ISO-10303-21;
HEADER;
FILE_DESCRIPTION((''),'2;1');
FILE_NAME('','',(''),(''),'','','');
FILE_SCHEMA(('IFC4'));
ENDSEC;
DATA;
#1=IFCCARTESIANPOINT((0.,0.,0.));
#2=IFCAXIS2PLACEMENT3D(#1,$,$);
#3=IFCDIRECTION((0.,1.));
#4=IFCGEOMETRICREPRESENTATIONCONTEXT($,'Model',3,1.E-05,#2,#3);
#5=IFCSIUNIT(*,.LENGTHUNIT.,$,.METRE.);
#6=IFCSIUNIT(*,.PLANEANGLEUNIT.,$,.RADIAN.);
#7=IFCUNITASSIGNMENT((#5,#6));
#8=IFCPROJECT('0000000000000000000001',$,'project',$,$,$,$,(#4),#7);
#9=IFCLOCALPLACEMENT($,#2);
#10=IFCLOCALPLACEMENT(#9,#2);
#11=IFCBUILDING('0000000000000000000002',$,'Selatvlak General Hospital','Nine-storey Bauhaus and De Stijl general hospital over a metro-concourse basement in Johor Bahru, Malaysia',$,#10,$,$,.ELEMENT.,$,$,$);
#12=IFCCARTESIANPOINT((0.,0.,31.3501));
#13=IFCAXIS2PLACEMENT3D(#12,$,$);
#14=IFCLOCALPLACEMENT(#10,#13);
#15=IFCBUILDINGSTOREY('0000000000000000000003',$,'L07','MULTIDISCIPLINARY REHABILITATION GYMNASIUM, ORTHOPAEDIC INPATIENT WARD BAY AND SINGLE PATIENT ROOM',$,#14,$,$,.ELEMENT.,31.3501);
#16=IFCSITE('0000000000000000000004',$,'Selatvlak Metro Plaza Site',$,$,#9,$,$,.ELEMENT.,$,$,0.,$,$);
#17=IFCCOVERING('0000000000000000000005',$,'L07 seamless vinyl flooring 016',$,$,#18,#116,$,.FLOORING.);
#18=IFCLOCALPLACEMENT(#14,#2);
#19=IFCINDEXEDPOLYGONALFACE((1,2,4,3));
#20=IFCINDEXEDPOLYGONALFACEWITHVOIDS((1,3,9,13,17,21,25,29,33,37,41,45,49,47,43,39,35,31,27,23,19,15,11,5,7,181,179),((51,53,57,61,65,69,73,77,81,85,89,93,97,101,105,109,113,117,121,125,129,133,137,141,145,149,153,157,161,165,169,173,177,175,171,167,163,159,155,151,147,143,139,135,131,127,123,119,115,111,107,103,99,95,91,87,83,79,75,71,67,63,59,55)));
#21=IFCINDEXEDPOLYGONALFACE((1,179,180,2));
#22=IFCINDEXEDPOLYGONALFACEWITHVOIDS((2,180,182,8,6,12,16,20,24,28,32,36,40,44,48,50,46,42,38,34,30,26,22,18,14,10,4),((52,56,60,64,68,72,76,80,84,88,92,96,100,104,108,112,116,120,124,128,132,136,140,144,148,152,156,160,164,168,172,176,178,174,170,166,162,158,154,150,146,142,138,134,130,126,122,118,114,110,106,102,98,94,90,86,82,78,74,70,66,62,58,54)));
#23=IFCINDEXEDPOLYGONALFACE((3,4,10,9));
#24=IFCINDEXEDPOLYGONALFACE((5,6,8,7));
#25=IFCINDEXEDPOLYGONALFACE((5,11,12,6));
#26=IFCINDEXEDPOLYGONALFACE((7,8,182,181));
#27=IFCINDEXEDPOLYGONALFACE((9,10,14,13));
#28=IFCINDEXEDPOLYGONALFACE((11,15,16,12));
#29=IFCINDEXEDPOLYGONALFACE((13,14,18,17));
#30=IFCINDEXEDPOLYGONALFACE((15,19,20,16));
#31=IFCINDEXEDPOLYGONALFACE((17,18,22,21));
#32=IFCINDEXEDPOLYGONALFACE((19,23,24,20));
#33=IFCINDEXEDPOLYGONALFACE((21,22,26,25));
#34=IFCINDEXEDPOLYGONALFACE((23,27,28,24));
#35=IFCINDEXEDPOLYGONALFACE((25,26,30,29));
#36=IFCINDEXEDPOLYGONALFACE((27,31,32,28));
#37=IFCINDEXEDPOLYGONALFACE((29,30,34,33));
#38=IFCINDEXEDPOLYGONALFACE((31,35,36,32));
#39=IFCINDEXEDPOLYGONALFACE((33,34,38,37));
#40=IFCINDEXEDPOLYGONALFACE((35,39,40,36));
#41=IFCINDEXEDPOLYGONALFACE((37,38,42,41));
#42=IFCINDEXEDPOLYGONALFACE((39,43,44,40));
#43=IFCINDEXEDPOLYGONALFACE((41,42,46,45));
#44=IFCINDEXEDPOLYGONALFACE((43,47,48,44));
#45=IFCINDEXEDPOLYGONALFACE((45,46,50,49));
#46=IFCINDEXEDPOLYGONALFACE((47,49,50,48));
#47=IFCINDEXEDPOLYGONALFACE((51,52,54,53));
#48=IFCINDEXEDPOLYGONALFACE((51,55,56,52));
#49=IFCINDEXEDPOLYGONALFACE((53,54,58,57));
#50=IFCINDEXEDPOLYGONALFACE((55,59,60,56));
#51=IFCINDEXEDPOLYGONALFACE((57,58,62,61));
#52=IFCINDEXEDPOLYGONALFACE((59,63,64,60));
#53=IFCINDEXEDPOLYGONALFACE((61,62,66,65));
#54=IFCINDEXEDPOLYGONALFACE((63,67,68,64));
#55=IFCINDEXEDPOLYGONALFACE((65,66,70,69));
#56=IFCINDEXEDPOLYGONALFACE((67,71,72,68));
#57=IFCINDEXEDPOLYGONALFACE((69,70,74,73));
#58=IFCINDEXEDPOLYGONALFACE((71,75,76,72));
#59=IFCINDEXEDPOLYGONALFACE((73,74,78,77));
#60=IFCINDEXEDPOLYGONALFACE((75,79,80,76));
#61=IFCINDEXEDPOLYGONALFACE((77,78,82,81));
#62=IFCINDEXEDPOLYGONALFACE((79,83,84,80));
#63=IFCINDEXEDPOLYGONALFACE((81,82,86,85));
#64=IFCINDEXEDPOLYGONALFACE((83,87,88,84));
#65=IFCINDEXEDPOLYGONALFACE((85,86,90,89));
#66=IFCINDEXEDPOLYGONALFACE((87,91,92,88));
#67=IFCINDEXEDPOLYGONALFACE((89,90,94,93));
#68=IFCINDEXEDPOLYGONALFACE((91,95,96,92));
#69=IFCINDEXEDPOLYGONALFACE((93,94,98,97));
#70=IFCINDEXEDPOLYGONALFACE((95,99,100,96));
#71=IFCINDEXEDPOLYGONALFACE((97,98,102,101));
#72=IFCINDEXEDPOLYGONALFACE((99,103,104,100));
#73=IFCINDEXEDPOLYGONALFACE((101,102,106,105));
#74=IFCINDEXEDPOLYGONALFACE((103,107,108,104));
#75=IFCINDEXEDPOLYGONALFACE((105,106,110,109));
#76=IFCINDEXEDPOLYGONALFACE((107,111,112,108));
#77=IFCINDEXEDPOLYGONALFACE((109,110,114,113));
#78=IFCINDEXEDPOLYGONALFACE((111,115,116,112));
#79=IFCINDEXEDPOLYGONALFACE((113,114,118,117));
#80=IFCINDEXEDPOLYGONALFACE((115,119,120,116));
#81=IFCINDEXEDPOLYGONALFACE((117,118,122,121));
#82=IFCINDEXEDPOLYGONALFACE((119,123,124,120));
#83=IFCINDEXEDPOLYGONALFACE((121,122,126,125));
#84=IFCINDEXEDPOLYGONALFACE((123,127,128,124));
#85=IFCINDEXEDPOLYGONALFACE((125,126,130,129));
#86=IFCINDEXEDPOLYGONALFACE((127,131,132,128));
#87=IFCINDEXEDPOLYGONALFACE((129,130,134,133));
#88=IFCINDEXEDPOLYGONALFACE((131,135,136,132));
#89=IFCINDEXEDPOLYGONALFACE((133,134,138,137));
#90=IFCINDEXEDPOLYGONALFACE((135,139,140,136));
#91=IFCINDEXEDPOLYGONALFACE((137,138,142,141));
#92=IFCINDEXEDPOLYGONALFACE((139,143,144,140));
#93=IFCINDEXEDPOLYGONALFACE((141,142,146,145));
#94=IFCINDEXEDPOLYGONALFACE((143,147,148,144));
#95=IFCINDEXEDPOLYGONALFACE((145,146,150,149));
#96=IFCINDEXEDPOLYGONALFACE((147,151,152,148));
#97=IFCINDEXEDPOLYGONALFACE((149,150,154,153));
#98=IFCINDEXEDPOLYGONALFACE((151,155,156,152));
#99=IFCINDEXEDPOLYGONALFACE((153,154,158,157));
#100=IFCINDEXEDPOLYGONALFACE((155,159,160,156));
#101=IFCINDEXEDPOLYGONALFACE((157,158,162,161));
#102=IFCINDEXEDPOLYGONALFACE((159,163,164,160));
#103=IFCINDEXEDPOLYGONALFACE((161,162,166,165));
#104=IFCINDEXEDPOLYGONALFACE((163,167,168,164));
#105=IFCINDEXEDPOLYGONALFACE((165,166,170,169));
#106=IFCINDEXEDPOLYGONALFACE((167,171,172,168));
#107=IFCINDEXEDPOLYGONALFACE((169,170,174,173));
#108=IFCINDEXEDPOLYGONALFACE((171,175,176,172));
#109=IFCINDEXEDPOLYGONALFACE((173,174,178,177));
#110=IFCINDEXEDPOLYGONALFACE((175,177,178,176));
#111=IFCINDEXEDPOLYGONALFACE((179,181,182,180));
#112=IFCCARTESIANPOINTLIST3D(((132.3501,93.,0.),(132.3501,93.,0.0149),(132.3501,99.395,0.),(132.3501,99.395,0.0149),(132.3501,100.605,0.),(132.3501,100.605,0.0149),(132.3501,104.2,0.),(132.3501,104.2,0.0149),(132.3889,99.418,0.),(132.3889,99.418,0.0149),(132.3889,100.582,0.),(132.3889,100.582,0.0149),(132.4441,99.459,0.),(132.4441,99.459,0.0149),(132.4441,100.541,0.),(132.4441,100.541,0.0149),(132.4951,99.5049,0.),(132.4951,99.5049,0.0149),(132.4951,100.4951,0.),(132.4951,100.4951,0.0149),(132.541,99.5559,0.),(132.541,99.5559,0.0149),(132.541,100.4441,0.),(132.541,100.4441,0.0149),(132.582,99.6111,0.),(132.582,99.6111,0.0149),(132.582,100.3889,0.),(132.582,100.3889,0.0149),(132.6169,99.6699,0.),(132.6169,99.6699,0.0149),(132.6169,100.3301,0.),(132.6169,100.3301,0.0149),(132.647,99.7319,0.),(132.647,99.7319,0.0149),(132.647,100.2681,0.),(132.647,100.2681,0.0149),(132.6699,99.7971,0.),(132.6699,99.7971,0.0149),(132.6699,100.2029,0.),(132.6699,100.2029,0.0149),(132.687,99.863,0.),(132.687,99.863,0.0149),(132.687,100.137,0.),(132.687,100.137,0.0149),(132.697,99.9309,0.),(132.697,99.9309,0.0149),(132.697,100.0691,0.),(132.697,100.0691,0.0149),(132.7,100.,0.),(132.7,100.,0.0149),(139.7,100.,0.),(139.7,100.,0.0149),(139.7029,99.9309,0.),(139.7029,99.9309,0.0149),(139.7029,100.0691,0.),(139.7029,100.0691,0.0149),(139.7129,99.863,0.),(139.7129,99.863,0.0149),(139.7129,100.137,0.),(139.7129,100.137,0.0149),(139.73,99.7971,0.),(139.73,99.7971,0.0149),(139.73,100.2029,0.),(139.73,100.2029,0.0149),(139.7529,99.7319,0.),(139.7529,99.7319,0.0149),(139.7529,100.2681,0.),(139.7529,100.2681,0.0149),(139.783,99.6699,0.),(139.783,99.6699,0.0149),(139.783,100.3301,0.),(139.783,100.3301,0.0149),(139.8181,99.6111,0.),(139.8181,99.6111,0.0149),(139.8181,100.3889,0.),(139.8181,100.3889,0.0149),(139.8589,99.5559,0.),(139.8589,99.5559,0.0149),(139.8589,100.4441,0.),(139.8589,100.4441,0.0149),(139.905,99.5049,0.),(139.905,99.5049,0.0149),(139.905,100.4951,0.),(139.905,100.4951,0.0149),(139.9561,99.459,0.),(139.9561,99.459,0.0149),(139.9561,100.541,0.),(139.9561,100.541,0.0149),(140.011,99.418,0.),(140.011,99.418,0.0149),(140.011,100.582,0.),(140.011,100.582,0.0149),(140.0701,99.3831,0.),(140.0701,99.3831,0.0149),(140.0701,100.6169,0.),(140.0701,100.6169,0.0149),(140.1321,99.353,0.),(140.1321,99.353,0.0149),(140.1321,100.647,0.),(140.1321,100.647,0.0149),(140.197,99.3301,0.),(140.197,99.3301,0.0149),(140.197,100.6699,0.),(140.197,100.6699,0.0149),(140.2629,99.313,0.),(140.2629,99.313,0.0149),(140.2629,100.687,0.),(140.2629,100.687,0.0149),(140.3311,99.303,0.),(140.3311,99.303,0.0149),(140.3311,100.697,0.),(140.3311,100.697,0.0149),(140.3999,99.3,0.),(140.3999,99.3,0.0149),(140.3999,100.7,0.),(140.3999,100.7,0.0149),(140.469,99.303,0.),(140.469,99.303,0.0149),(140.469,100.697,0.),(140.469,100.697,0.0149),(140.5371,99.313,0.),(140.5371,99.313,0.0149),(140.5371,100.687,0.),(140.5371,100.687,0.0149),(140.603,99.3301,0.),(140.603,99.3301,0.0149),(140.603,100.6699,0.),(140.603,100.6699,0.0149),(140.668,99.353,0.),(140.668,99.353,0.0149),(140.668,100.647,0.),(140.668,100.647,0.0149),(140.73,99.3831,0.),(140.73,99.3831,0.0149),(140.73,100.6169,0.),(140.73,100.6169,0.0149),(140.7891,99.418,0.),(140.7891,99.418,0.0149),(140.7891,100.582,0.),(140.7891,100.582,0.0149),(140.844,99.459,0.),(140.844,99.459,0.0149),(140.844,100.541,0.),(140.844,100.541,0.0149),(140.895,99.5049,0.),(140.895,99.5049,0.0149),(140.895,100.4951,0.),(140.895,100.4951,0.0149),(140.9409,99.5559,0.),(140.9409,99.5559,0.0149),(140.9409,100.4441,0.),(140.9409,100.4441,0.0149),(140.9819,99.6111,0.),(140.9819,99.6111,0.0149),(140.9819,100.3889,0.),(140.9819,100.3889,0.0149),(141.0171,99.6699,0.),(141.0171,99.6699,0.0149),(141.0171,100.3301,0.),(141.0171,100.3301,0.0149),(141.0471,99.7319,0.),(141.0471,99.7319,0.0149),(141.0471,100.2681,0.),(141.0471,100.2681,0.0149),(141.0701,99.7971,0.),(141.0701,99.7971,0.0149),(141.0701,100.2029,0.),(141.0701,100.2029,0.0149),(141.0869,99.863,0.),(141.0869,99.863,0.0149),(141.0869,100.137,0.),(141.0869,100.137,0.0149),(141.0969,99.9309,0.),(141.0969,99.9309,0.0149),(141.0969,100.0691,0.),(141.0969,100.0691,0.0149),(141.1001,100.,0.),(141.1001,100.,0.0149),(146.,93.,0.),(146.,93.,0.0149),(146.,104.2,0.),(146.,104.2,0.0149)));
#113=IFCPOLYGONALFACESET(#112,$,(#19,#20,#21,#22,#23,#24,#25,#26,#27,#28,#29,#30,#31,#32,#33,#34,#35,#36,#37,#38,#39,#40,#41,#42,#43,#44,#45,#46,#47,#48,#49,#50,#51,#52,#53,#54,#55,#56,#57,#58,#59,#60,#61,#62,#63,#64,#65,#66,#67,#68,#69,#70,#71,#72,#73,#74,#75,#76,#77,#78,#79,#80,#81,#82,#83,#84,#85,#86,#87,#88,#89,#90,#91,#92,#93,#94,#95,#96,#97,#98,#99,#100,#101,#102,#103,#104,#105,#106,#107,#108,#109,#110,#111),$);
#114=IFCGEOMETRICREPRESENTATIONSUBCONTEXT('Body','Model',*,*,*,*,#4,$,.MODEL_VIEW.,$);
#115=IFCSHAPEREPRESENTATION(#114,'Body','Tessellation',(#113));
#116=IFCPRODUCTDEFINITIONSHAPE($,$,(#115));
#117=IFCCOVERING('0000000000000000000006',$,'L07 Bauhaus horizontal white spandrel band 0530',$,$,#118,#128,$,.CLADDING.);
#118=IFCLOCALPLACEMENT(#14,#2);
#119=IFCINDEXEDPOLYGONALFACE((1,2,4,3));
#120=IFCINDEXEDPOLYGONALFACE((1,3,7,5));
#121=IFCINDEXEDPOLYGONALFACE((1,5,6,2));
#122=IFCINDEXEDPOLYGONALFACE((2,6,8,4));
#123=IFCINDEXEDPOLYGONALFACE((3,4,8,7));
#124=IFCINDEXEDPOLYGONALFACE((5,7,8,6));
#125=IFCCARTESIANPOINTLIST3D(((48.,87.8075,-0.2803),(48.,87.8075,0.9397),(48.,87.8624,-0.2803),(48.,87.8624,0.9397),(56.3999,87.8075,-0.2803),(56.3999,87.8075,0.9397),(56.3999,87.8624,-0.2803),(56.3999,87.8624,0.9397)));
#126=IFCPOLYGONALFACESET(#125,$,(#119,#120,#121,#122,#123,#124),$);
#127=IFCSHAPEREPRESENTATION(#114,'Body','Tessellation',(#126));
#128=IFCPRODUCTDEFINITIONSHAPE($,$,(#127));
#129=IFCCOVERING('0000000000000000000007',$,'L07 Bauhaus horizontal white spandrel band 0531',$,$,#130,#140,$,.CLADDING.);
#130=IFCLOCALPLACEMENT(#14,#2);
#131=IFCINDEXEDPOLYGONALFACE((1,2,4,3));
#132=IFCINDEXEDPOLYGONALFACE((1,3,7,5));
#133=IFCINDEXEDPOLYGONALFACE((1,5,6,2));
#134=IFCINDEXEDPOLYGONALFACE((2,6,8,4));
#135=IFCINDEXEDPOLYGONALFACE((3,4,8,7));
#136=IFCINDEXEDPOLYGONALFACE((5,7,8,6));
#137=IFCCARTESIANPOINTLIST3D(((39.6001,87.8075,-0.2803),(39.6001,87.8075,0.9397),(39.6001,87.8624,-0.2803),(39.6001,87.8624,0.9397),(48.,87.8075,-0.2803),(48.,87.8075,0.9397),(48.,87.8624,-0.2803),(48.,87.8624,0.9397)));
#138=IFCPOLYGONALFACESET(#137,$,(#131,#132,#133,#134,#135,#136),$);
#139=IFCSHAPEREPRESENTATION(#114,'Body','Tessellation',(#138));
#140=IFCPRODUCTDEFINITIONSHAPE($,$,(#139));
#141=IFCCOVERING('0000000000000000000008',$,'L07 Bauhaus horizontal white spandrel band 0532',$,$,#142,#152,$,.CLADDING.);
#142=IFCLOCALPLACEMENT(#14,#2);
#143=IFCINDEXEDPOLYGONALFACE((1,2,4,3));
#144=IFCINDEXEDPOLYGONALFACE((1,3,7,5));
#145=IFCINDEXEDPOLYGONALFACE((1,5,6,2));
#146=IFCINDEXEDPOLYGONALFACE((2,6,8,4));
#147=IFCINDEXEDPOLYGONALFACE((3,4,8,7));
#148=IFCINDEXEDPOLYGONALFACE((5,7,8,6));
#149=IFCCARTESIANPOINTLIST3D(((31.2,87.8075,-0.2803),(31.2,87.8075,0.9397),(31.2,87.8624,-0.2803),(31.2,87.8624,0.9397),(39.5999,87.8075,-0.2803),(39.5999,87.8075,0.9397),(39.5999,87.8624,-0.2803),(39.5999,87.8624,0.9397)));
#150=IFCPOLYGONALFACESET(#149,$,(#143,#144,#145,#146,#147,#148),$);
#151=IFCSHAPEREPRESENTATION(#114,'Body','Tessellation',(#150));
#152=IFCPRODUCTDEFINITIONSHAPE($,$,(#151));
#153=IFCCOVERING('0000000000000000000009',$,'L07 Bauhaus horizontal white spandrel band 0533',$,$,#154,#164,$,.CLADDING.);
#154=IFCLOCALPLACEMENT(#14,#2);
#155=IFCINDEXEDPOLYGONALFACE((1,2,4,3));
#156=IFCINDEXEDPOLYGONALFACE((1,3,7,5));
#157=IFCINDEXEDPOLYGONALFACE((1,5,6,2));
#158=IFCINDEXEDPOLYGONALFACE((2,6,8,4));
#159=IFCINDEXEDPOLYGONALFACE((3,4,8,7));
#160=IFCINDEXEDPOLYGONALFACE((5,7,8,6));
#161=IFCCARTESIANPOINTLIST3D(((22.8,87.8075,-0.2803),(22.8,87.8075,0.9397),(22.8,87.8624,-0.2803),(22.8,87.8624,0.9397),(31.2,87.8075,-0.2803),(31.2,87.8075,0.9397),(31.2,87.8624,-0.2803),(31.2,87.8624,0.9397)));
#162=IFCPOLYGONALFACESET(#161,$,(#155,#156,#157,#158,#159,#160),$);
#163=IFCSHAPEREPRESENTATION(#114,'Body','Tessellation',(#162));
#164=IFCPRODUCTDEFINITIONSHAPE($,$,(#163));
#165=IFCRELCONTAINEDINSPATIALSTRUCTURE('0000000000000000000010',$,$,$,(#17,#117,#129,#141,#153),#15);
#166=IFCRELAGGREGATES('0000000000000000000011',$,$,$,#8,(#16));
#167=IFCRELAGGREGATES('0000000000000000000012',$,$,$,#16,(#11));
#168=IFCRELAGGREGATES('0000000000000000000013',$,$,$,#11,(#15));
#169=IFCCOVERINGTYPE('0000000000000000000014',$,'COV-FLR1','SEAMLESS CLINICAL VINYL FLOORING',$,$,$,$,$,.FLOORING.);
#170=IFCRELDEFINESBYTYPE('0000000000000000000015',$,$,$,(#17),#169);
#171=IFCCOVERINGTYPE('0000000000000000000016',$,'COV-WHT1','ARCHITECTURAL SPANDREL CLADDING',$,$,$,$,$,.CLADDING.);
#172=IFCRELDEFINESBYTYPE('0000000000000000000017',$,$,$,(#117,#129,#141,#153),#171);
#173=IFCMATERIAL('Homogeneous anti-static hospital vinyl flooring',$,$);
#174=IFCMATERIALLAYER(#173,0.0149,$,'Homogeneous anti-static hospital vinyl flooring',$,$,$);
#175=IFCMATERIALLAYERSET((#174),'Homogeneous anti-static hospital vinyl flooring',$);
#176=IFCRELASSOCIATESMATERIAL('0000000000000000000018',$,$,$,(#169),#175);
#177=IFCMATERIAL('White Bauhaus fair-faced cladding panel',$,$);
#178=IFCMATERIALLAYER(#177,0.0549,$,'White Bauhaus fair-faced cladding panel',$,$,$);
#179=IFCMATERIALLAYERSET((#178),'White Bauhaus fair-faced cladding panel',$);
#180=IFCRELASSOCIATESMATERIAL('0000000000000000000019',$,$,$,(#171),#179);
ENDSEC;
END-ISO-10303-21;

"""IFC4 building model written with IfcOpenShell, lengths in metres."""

from ifc_helpers import new_model, si_unit, direction, frame, origin, origin_2d, place, context, subcontext, project, spatial, polyline, rectangle, outline, extrude, material, layer, layer_set, type_object, element, save


model = new_model("IFC4")

# Units and contexts
model_context = context("Model", 3, precision=1e-05, world=origin(), true_north=direction((0.0, 1.0)))
body_context = subcontext(model_context, "Body", "Model", "MODEL_VIEW")
ifc_project = project(units=[si_unit("LENGTHUNIT", "METRE"), si_unit("PLANEANGLEUNIT", "RADIAN")], contexts=[model_context])

# Site, building, storey
site_placement = place(None, origin())
site = spatial("IfcSite", under=ifc_project, at=site_placement, Name="Selatvlak Metro Plaza Site", CompositionType="ELEMENT", RefElevation=0.0)
building_placement = place(site_placement, origin())
building = spatial("IfcBuilding", under=site, at=building_placement, Name="Selatvlak General Hospital", Description="Nine-storey Bauhaus and De Stijl general hospital over a metro-concourse basement in Johor Bahru, Malaysia", CompositionType="ELEMENT")
storey_placement = place(building_placement, frame((0.0, 0.0, 31.3501)))
storey = spatial("IfcBuildingStorey", under=building, at=storey_placement, Name="L07", Description="MULTIDISCIPLINARY REHABILITATION GYMNASIUM, ORTHOPAEDIC INPATIENT WARD BAY AND SINGLE PATIENT ROOM", CompositionType="ELEMENT", Elevation=31.3501)

# Coverings
ifc_material_1 = material(Name="Homogeneous anti-static hospital vinyl flooring")
ifc_layer_1 = layer(ifc_material_1, 0.0149, Name="Homogeneous anti-static hospital vinyl flooring")
ifc_layer_set_1 = layer_set([ifc_layer_1], Name="Homogeneous anti-static hospital vinyl flooring")
covering_type_1 = type_object("IfcCoveringType", Name="COV-FLR1", Description="SEAMLESS CLINICAL VINYL FLOORING", PredefinedType="FLOORING", material=ifc_layer_set_1)
covering_1_placement = place(storey_placement, origin())
element("IfcCovering", 1, at=covering_1_placement, inside=storey, type_object=covering_type_1, Name="L07 seamless vinyl flooring 016", PredefinedType="FLOORING", context=body_context, shape_type="SweptSolid", body=[
    extrude(outline(polyline([(146.0, 104.2), (146.0, 93.0), (132.3501, 93.0), (132.3501, 99.395), (132.3889, 99.418), (132.4441, 99.459), (132.4951, 99.5049), (132.541, 99.5559), (132.582, 99.6111), (132.6169, 99.6699), (132.647, 99.7319), (132.6699, 99.7971), (132.687, 99.863), (132.697, 99.9309), (132.7, 100.0), (132.697, 100.0691), (132.687, 100.137), (132.6699, 100.2029), (132.647, 100.2681), (132.6169, 100.3301), (132.582, 100.3889), (132.541, 100.4441), (132.4951, 100.4951), (132.4441, 100.541), (132.3889, 100.582), (132.3501, 100.605), (132.3501, 104.2), (146.0, 104.2)]), holes=[polyline([(140.9409, 99.5559), (140.9819, 99.6111), (141.0171, 99.6699), (141.0471, 99.7319), (141.0701, 99.7971), (141.0869, 99.863), (141.0969, 99.9309), (141.1001, 100.0), (141.0969, 100.0691), (141.0869, 100.137), (141.0701, 100.2029), (141.0471, 100.2681), (141.0171, 100.3301), (140.9819, 100.3889), (140.9409, 100.4441), (140.895, 100.4951), (140.844, 100.541), (140.7891, 100.582), (140.73, 100.6169), (140.668, 100.647), (140.603, 100.6699), (140.5371, 100.687), (140.469, 100.697), (140.3999, 100.7), (140.3311, 100.697), (140.2629, 100.687), (140.197, 100.6699), (140.1321, 100.647), (140.0701, 100.6169), (140.011, 100.582), (139.9561, 100.541), (139.905, 100.4951), (139.8589, 100.4441), (139.8181, 100.3889), (139.783, 100.3301), (139.7529, 100.2681), (139.73, 100.2029), (139.7129, 100.137), (139.7029, 100.0691), (139.7, 100.0), (139.7029, 99.9309), (139.7129, 99.863), (139.73, 99.7971), (139.7529, 99.7319), (139.783, 99.6699), (139.8181, 99.6111), (139.8589, 99.5559), (139.905, 99.5049), (139.9561, 99.459), (140.011, 99.418), (140.0701, 99.3831), (140.1321, 99.353), (140.197, 99.3301), (140.2629, 99.313), (140.3311, 99.303), (140.3999, 99.3), (140.469, 99.303), (140.5371, 99.313), (140.603, 99.3301), (140.668, 99.353), (140.73, 99.3831), (140.7891, 99.418), (140.844, 99.459), (140.895, 99.5049), (140.9409, 99.5559)])]), origin(), (0.0, 0.0, 1.0), 0.0149),
])
ifc_material_2 = material(Name="White Bauhaus fair-faced cladding panel")
ifc_layer_2 = layer(ifc_material_2, 0.0549, Name="White Bauhaus fair-faced cladding panel")
ifc_layer_set_2 = layer_set([ifc_layer_2], Name="White Bauhaus fair-faced cladding panel")
covering_type_2 = type_object("IfcCoveringType", Name="COV-WHT1", Description="ARCHITECTURAL SPANDREL CLADDING", PredefinedType="CLADDING", material=ifc_layer_set_2)
for number, where, z_axis, x_axis, name in (
    (2, (52.2, 87.835, -0.2803), (0.0, 0.0, 1.0), (-1.0, 0.0, 0.0), "L07 Bauhaus horizontal white spandrel band 0530"),
    (3, (43.8, 87.835, -0.2803), (0.0, 0.0, 1.0), (-1.0, 0.0, 0.0), "L07 Bauhaus horizontal white spandrel band 0531"),
    (4, (35.3999, 87.835, -0.2803), (0.0, 0.0, 1.0), (-1.0, 0.0, 0.0), "L07 Bauhaus horizontal white spandrel band 0532"),
    (5, (27.0, 87.835, -0.2803), (0.0, 0.0, 1.0), (-1.0, 0.0, 0.0), "L07 Bauhaus horizontal white spandrel band 0533"),
):
    element("IfcCovering", number, at=place(storey_placement, frame(where, z_axis=z_axis, x_axis=x_axis)), inside=storey, type_object=covering_type_2, Name=name, PredefinedType="CLADDING", context=body_context, shape_type="SweptSolid", body=[
        extrude(rectangle(XDim=8.3999, YDim=0.0549, at=origin_2d()), origin(), (0.0, 0.0, 1.0), 1.22),
    ])

save(model, "model.ifc")
